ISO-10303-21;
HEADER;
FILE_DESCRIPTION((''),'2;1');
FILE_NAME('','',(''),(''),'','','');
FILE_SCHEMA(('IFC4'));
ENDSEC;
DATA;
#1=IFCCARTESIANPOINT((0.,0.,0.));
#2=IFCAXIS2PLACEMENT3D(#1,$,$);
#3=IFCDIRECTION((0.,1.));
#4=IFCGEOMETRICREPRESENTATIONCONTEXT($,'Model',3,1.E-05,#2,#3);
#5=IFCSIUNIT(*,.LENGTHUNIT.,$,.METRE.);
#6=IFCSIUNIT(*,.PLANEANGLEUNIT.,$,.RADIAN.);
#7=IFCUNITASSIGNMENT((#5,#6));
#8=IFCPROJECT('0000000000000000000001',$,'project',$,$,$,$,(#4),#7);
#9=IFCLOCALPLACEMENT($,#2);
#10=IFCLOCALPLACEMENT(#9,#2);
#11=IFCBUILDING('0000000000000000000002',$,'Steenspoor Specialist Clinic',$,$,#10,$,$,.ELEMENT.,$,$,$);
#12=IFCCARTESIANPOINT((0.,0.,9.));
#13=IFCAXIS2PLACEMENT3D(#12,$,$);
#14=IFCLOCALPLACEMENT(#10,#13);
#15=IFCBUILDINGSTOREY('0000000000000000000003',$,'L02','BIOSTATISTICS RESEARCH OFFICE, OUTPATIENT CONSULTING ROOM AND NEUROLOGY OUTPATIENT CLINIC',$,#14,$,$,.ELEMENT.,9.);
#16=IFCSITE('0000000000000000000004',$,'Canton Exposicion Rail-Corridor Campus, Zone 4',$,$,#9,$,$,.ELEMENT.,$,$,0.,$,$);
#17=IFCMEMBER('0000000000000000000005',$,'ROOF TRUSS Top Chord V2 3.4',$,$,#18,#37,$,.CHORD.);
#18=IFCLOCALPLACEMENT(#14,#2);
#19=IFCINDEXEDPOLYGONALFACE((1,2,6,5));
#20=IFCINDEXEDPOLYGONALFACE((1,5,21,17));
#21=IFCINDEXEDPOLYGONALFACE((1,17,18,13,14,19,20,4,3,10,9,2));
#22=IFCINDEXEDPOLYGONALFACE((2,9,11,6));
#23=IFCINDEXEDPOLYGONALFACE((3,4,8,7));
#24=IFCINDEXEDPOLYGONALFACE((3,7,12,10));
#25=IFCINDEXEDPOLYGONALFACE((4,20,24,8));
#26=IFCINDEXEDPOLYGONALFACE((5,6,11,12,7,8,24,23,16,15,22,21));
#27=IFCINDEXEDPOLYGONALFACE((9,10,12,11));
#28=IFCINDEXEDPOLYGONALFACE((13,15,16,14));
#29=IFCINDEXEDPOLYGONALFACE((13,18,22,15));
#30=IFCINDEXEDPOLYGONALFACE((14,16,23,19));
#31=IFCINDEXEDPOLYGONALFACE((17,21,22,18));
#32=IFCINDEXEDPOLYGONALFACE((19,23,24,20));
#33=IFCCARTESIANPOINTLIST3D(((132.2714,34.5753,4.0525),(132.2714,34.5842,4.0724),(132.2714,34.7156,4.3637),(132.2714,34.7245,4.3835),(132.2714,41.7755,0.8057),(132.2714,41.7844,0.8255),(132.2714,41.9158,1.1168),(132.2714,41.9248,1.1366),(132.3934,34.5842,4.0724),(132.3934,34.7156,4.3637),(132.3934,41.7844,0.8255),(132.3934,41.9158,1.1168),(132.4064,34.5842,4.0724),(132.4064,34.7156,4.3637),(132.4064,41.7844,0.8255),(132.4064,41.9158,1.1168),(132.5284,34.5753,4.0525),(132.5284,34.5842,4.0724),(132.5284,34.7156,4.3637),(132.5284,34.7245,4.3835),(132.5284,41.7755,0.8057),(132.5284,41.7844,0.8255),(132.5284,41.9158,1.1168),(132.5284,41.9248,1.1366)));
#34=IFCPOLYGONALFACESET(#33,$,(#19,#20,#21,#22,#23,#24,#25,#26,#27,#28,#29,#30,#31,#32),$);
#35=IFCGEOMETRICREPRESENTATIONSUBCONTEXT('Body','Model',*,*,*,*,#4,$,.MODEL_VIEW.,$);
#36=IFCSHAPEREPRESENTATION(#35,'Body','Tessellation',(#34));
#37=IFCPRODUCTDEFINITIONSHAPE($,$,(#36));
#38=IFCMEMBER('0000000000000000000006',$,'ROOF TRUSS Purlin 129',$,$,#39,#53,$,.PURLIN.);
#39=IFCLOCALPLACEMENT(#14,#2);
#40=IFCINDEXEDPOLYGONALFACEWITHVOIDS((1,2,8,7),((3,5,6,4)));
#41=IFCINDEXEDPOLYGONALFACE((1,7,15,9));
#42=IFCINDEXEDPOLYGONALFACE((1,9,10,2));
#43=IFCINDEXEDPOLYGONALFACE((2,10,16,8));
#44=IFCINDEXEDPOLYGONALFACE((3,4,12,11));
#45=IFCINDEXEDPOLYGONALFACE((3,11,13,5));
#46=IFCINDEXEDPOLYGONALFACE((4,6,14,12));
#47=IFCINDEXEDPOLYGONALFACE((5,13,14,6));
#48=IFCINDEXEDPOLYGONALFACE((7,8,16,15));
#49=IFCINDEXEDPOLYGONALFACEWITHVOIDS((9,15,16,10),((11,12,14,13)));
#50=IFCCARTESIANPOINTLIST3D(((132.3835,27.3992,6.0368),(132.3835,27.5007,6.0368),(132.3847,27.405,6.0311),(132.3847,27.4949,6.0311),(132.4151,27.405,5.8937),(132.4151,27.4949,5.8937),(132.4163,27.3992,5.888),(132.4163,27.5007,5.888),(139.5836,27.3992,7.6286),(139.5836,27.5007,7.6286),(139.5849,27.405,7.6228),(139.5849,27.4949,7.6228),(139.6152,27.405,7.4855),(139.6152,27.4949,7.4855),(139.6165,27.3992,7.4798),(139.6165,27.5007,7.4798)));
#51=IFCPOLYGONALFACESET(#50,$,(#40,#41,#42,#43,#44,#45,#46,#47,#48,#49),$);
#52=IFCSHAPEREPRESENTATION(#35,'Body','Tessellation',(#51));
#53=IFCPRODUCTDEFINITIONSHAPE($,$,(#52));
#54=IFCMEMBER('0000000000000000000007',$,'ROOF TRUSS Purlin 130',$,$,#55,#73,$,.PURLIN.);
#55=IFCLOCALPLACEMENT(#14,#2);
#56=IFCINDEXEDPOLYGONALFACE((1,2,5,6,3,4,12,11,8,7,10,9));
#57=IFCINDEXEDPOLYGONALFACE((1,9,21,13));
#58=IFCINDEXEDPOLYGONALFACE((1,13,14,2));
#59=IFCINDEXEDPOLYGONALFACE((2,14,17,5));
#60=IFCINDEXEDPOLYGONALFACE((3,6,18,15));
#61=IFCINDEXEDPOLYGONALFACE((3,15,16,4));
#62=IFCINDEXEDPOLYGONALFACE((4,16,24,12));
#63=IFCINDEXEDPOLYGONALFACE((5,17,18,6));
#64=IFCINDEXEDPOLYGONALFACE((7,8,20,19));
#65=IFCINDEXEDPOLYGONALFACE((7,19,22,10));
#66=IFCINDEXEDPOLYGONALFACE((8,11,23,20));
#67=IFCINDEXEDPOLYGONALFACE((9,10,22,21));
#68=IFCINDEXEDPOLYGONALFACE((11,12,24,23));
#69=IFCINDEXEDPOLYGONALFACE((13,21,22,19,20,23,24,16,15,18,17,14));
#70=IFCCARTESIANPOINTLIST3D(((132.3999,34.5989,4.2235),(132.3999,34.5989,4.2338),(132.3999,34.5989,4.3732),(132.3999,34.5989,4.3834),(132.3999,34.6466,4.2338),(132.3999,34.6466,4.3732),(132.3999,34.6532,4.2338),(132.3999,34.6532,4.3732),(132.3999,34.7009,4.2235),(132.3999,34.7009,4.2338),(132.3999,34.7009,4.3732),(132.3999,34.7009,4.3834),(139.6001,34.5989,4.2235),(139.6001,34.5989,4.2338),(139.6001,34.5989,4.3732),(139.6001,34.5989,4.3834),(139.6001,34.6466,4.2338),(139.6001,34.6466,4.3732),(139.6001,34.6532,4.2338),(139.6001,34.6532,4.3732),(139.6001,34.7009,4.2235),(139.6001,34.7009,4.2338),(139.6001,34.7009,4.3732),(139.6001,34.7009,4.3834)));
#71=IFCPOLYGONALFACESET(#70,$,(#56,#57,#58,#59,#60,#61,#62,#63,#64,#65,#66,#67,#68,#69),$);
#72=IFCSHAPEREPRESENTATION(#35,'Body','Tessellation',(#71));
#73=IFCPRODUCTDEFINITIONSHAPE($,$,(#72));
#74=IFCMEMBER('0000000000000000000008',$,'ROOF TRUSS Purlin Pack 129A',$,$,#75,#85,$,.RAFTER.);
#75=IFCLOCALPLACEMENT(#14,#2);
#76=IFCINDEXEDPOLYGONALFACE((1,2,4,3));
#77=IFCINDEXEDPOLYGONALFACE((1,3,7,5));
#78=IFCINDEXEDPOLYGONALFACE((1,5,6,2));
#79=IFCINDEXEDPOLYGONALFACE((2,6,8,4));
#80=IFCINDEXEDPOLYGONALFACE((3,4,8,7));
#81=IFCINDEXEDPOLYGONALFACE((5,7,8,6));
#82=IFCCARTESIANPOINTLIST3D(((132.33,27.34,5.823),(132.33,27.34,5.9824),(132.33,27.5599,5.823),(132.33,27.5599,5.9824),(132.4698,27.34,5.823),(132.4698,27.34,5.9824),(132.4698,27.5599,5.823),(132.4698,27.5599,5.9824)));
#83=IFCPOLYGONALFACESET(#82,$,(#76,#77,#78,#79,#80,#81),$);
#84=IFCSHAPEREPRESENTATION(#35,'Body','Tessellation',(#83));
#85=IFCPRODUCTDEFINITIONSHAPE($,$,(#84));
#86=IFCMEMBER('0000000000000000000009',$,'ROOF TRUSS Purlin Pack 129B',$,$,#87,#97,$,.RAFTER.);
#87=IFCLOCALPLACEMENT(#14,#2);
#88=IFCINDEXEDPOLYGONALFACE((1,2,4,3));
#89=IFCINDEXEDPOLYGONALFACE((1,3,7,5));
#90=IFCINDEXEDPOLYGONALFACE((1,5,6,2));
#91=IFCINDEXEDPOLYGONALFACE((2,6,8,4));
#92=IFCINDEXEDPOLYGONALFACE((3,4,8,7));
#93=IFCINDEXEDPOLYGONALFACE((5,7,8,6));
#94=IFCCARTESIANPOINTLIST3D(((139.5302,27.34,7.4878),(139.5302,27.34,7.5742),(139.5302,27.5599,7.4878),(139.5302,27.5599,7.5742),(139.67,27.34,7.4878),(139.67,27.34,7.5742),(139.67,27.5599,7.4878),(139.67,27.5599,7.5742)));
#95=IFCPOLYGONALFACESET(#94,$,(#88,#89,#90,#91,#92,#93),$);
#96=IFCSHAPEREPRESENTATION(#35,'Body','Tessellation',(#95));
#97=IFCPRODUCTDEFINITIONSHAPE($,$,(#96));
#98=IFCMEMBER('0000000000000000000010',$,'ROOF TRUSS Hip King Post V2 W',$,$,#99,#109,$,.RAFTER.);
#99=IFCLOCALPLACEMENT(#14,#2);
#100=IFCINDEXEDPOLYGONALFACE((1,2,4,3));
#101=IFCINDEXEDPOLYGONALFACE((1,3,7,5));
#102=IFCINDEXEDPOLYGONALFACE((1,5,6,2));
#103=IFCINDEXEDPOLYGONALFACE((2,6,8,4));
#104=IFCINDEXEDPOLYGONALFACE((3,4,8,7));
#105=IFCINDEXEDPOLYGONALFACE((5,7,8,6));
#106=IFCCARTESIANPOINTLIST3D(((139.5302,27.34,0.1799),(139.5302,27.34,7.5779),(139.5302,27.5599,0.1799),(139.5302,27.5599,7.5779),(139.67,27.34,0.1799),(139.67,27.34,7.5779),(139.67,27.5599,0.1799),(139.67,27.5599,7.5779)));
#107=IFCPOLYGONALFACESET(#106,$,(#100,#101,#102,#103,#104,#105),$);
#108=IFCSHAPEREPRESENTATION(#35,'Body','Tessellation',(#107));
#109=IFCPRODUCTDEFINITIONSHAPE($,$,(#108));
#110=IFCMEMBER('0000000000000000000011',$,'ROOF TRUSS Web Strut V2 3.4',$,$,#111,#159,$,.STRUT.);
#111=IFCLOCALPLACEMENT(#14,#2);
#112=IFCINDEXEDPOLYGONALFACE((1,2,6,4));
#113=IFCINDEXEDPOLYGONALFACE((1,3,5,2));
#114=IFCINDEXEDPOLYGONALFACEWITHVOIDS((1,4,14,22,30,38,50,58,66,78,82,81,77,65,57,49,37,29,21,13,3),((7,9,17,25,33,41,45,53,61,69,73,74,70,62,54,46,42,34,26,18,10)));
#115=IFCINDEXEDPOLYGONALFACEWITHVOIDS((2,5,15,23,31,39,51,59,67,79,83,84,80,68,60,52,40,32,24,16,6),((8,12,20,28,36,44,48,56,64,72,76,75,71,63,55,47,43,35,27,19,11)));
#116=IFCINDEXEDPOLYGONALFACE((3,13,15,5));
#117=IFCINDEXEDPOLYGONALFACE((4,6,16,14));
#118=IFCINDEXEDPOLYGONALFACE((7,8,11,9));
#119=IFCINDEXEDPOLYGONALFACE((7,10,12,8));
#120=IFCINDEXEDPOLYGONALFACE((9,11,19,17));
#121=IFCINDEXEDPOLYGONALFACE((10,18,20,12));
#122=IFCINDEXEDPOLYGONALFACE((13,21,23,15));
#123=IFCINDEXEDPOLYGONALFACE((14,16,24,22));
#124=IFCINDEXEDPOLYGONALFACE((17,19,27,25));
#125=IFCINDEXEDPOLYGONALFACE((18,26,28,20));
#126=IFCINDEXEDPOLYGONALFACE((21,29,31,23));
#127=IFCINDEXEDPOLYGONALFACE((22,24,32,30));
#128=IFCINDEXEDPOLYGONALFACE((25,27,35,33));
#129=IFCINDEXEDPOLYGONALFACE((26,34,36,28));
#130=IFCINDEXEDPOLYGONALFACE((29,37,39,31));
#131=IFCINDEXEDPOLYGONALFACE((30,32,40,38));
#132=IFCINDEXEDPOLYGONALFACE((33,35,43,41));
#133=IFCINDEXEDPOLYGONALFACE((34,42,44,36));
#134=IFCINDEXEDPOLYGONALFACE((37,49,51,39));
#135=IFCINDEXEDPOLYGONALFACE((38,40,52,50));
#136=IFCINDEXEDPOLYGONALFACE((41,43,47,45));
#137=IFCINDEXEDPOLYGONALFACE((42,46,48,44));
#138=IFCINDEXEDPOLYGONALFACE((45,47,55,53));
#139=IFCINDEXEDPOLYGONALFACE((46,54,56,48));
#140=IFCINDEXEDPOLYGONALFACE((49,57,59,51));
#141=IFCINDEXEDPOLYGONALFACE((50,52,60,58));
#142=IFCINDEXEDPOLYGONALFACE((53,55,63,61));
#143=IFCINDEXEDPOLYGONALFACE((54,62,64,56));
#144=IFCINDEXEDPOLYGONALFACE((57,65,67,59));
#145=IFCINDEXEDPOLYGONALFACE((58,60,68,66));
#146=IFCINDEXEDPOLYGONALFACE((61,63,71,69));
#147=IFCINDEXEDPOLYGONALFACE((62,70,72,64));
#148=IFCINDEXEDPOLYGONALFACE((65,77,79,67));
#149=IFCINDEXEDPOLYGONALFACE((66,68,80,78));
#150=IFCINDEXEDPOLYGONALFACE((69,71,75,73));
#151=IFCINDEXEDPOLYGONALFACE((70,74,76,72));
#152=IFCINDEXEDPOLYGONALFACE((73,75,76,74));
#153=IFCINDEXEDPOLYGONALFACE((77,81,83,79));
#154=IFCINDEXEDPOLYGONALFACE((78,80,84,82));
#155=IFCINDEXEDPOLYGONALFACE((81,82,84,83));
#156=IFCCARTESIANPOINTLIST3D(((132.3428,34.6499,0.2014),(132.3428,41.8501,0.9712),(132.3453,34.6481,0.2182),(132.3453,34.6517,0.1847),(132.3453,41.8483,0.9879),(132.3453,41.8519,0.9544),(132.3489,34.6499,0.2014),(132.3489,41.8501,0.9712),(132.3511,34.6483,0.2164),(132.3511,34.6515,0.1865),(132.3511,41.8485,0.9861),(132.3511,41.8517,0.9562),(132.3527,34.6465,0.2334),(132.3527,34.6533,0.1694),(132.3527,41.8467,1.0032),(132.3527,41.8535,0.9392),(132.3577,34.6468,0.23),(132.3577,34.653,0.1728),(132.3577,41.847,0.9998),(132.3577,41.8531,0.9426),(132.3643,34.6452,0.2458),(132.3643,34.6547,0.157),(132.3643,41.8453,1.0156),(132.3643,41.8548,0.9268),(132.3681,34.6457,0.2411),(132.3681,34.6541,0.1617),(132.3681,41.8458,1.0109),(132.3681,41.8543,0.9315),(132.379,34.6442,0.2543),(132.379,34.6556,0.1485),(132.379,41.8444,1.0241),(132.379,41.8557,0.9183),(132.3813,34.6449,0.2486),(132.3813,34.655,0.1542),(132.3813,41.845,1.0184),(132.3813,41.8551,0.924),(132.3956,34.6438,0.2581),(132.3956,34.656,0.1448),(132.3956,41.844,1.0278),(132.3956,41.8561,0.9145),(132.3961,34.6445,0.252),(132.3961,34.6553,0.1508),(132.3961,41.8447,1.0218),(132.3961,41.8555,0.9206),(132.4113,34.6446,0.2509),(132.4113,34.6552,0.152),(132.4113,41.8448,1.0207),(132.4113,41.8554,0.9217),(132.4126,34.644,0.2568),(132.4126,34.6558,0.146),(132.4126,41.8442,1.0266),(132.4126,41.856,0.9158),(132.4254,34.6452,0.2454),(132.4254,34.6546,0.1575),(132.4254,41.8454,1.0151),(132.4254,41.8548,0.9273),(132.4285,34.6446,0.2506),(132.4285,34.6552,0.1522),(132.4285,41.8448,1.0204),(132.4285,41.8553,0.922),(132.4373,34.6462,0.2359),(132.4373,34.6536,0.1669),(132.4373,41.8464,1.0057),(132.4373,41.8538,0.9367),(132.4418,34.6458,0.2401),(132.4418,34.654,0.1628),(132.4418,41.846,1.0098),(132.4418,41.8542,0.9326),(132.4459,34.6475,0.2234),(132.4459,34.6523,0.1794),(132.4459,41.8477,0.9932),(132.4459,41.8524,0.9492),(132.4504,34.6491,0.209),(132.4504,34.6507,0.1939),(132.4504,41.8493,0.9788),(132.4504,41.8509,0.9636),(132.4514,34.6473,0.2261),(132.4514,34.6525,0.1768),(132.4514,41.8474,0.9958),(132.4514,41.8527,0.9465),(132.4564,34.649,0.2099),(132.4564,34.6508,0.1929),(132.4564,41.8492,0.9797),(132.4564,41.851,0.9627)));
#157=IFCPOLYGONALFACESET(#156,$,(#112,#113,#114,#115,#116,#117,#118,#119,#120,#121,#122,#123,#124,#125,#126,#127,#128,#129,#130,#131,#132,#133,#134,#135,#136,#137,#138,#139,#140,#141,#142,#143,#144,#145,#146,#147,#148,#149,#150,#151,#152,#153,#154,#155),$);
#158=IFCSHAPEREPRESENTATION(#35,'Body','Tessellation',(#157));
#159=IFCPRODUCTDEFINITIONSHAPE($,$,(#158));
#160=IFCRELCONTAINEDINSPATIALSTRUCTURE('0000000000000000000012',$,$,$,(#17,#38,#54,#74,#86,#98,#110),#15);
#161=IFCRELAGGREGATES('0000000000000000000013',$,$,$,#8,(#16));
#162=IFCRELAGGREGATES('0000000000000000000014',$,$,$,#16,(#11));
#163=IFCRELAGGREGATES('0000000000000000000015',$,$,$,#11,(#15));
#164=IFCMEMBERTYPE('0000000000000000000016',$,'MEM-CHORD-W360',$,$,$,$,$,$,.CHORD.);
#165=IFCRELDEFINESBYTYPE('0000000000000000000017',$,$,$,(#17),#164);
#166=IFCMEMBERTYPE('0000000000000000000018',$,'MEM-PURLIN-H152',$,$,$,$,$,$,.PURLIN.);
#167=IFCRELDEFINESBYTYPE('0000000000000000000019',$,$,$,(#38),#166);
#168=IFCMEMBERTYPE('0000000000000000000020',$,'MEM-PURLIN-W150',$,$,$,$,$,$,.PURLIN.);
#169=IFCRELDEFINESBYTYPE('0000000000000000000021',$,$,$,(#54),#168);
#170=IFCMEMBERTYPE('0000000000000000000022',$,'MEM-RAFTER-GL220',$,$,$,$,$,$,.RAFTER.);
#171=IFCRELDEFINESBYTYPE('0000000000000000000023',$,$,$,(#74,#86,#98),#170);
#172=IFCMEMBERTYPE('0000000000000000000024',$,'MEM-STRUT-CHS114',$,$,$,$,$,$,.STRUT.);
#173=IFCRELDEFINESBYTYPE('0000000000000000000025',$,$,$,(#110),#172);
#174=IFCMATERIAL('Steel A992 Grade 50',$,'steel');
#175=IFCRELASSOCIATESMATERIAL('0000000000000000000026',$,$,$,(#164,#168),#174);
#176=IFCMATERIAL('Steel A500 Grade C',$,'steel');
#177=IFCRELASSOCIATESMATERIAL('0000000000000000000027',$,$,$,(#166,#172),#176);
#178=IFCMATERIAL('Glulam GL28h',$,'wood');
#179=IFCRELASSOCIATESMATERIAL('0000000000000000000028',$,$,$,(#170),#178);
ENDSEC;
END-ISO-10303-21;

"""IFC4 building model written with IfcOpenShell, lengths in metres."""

from ifc_helpers import new_model, si_unit, direction, frame, origin, origin_2d, place, context, subcontext, project, spatial, rectangle, hollow_rectangle, hollow_circle, i_section, extrude, material, material_profile, profile_set, type_object, element, save


model = new_model("IFC4")

# Units and contexts
model_context = context("Model", 3, precision=1e-05, world=origin(), true_north=direction((0.0, 1.0)))
body_context = subcontext(model_context, "Body", "Model", "MODEL_VIEW")
ifc_project = project(units=[si_unit("LENGTHUNIT", "METRE"), si_unit("PLANEANGLEUNIT", "RADIAN")], contexts=[model_context])

# Site, building, storey
site_placement = place(None, origin())
site = spatial("IfcSite", under=ifc_project, at=site_placement, Name="Canton Exposicion Rail-Corridor Campus, Zone 4", CompositionType="ELEMENT", RefElevation=0.0)
building_placement = place(site_placement, origin())
building = spatial("IfcBuilding", under=site, at=building_placement, Name="Steenspoor Specialist Clinic", CompositionType="ELEMENT")
storey_placement = place(building_placement, frame((0.0, 0.0, 9.0)))
storey = spatial("IfcBuildingStorey", under=building, at=storey_placement, Name="L02", Description="BIOSTATISTICS RESEARCH OFFICE, OUTPATIENT CONSULTING ROOM AND NEUROLOGY OUTPATIENT CLINIC", CompositionType="ELEMENT", Elevation=9.0)

# Shared definitions
ifc_material_1 = material(Name="Steel A992 Grade 50", Category="steel")

# Members
ifc_material_2 = material(Name="Steel A500 Grade C", Category="steel")
ifc_material_profile_1 = material_profile(ifc_material_1, i_section(OverallWidth=0.2571, OverallDepth=0.363, WebThickness=0.0129, FlangeThickness=0.0217, at=origin_2d()), Name="W360X122")
ifc_profile_set_1 = profile_set([ifc_material_profile_1], Name="Steel A992 Grade 50")
member_type_1 = type_object("IfcMemberType", Name="MEM-CHORD-W360", PredefinedType="CHORD", material=ifc_profile_set_1)
member_1_placement = place(storey_placement, frame((132.3999, 34.6499, 4.218), z_axis=(0.0, 0.911602, -0.411074), x_axis=(-1.0, 0.0, 0.0)))
element("IfcMember", 1, at=member_1_placement, inside=storey, type_object=member_type_1, Name="ROOF TRUSS Top Chord V2 3.4", PredefinedType="CHORD", context=body_context, shape_type="SweptSolid", body=[
    extrude(i_section(OverallWidth=0.2571, OverallDepth=0.363, WebThickness=0.0129, FlangeThickness=0.0217, at=origin_2d()), origin(), (0.0, 0.0, 1.0), 7.8984),
])
ifc_material_profile_2 = material_profile(ifc_material_2, hollow_rectangle(XDim=0.1016, YDim=0.1523, WallThickness=0.0059, at=origin_2d()), Name="HSS152X102X6.4")
ifc_profile_set_2 = profile_set([ifc_material_profile_2], Name="Steel A500 Grade C")
member_type_2 = type_object("IfcMemberType", Name="MEM-PURLIN-H152", PredefinedType="PURLIN", material=ifc_profile_set_2)
member_2_placement = place(storey_placement, frame((132.3999, 27.45, 5.9624), z_axis=(0.976423, 0.0, 0.215865), x_axis=(0.0, 1.0, 0.0)))
element("IfcMember", 2, at=member_2_placement, inside=storey, type_object=member_type_2, Name="ROOF TRUSS Purlin 129", PredefinedType="PURLIN", context=body_context, shape_type="SweptSolid", body=[
    extrude(hollow_rectangle(XDim=0.1016, YDim=0.1523, WallThickness=0.0059, at=origin_2d()), origin(), (0.0, 0.0, 1.0), 7.374),
])
ifc_material_profile_3 = material_profile(ifc_material_1, i_section(OverallWidth=0.1021, OverallDepth=0.1599, WebThickness=0.0066, FlangeThickness=0.0103, at=origin_2d()), Name="W150X24")
ifc_profile_set_3 = profile_set([ifc_material_profile_3], Name="Steel A992 Grade 50")
member_type_3 = type_object("IfcMemberType", Name="MEM-PURLIN-W150", PredefinedType="PURLIN", material=ifc_profile_set_3)
member_3_placement = place(storey_placement, frame((132.3999, 34.6499, 4.3035), z_axis=(1.0, 0.0, 0.0), x_axis=(0.0, 1.0, 0.0)))
element("IfcMember", 3, at=member_3_placement, inside=storey, type_object=member_type_3, Name="ROOF TRUSS Purlin 130", PredefinedType="PURLIN", context=body_context, shape_type="SweptSolid", body=[
    extrude(i_section(OverallWidth=0.1021, OverallDepth=0.1599, WebThickness=0.0066, FlangeThickness=0.0103, at=origin_2d()), origin(), (0.0, 0.0, 1.0), 7.2002),
])
ifc_material_3 = material(Name="Glulam GL28h", Category="wood")
ifc_material_profile_4 = material_profile(ifc_material_3, rectangle(XDim=0.1399, YDim=0.22, at=origin_2d()), Name="GL28H-140X220")
ifc_profile_set_4 = profile_set([ifc_material_profile_4], Name="Glulam GL28h")
member_type_4 = type_object("IfcMemberType", Name="MEM-RAFTER-GL220", PredefinedType="RAFTER", material=ifc_profile_set_4)
member_4_placement = place(storey_placement, frame((132.3999, 27.45, 5.823), z_axis=(0.0, 0.0, 1.0), x_axis=(1.0, 0.0, 0.0)))
element("IfcMember", 4, at=member_4_placement, inside=storey, type_object=member_type_4, Name="ROOF TRUSS Purlin Pack 129A", PredefinedType="RAFTER", context=body_context, shape_type="SweptSolid", body=[
    extrude(rectangle(XDim=0.1399, YDim=0.22, at=origin_2d()), origin(), (0.0, 0.0, 1.0), 0.1594),
])
member_5_placement = place(storey_placement, frame((139.6001, 27.45, 7.4878), z_axis=(0.0, 0.0, 1.0), x_axis=(1.0, 0.0, 0.0)))
element("IfcMember", 5, at=member_5_placement, inside=storey, type_object=member_type_4, Name="ROOF TRUSS Purlin Pack 129B", PredefinedType="RAFTER", context=body_context, shape_type="SweptSolid", body=[
    extrude(rectangle(XDim=0.1399, YDim=0.22, at=origin_2d()), origin(), (0.0, 0.0, 1.0), 0.0864),
])
member_6_placement = place(storey_placement, frame((139.6001, 27.45, 0.1799), z_axis=(0.0, 0.0, 1.0), x_axis=(1.0, 0.0, 0.0)))
element("IfcMember", 6, at=member_6_placement, inside=storey, type_object=member_type_4, Name="ROOF TRUSS Hip King Post V2 W", PredefinedType="RAFTER", context=body_context, shape_type="SweptSolid", body=[
    extrude(rectangle(XDim=0.1399, YDim=0.22, at=origin_2d()), origin(), (0.0, 0.0, 1.0), 7.3979),
])
ifc_material_profile_5 = material_profile(ifc_material_2, hollow_circle(Radius=0.0571, WallThickness=0.0061, at=origin_2d()), Name="CHS114X6.0")
ifc_profile_set_5 = profile_set([ifc_material_profile_5], Name="Steel A500 Grade C")
member_type_5 = type_object("IfcMemberType", Name="MEM-STRUT-CHS114", PredefinedType="STRUT", material=ifc_profile_set_5)
member_7_placement = place(storey_placement, frame((132.3999, 34.6499, 0.2014), z_axis=(0.0, 0.994334, 0.106305), x_axis=(-1.0, 0.0, 0.0)))
element("IfcMember", 7, at=member_7_placement, inside=storey, type_object=member_type_5, Name="ROOF TRUSS Web Strut V2 3.4", PredefinedType="STRUT", context=body_context, shape_type="SweptSolid", body=[
    extrude(hollow_circle(Radius=0.0571, WallThickness=0.0061, at=origin_2d()), origin(), (0.0, 0.0, 1.0), 7.2412),
])

save(model, "model.ifc")
